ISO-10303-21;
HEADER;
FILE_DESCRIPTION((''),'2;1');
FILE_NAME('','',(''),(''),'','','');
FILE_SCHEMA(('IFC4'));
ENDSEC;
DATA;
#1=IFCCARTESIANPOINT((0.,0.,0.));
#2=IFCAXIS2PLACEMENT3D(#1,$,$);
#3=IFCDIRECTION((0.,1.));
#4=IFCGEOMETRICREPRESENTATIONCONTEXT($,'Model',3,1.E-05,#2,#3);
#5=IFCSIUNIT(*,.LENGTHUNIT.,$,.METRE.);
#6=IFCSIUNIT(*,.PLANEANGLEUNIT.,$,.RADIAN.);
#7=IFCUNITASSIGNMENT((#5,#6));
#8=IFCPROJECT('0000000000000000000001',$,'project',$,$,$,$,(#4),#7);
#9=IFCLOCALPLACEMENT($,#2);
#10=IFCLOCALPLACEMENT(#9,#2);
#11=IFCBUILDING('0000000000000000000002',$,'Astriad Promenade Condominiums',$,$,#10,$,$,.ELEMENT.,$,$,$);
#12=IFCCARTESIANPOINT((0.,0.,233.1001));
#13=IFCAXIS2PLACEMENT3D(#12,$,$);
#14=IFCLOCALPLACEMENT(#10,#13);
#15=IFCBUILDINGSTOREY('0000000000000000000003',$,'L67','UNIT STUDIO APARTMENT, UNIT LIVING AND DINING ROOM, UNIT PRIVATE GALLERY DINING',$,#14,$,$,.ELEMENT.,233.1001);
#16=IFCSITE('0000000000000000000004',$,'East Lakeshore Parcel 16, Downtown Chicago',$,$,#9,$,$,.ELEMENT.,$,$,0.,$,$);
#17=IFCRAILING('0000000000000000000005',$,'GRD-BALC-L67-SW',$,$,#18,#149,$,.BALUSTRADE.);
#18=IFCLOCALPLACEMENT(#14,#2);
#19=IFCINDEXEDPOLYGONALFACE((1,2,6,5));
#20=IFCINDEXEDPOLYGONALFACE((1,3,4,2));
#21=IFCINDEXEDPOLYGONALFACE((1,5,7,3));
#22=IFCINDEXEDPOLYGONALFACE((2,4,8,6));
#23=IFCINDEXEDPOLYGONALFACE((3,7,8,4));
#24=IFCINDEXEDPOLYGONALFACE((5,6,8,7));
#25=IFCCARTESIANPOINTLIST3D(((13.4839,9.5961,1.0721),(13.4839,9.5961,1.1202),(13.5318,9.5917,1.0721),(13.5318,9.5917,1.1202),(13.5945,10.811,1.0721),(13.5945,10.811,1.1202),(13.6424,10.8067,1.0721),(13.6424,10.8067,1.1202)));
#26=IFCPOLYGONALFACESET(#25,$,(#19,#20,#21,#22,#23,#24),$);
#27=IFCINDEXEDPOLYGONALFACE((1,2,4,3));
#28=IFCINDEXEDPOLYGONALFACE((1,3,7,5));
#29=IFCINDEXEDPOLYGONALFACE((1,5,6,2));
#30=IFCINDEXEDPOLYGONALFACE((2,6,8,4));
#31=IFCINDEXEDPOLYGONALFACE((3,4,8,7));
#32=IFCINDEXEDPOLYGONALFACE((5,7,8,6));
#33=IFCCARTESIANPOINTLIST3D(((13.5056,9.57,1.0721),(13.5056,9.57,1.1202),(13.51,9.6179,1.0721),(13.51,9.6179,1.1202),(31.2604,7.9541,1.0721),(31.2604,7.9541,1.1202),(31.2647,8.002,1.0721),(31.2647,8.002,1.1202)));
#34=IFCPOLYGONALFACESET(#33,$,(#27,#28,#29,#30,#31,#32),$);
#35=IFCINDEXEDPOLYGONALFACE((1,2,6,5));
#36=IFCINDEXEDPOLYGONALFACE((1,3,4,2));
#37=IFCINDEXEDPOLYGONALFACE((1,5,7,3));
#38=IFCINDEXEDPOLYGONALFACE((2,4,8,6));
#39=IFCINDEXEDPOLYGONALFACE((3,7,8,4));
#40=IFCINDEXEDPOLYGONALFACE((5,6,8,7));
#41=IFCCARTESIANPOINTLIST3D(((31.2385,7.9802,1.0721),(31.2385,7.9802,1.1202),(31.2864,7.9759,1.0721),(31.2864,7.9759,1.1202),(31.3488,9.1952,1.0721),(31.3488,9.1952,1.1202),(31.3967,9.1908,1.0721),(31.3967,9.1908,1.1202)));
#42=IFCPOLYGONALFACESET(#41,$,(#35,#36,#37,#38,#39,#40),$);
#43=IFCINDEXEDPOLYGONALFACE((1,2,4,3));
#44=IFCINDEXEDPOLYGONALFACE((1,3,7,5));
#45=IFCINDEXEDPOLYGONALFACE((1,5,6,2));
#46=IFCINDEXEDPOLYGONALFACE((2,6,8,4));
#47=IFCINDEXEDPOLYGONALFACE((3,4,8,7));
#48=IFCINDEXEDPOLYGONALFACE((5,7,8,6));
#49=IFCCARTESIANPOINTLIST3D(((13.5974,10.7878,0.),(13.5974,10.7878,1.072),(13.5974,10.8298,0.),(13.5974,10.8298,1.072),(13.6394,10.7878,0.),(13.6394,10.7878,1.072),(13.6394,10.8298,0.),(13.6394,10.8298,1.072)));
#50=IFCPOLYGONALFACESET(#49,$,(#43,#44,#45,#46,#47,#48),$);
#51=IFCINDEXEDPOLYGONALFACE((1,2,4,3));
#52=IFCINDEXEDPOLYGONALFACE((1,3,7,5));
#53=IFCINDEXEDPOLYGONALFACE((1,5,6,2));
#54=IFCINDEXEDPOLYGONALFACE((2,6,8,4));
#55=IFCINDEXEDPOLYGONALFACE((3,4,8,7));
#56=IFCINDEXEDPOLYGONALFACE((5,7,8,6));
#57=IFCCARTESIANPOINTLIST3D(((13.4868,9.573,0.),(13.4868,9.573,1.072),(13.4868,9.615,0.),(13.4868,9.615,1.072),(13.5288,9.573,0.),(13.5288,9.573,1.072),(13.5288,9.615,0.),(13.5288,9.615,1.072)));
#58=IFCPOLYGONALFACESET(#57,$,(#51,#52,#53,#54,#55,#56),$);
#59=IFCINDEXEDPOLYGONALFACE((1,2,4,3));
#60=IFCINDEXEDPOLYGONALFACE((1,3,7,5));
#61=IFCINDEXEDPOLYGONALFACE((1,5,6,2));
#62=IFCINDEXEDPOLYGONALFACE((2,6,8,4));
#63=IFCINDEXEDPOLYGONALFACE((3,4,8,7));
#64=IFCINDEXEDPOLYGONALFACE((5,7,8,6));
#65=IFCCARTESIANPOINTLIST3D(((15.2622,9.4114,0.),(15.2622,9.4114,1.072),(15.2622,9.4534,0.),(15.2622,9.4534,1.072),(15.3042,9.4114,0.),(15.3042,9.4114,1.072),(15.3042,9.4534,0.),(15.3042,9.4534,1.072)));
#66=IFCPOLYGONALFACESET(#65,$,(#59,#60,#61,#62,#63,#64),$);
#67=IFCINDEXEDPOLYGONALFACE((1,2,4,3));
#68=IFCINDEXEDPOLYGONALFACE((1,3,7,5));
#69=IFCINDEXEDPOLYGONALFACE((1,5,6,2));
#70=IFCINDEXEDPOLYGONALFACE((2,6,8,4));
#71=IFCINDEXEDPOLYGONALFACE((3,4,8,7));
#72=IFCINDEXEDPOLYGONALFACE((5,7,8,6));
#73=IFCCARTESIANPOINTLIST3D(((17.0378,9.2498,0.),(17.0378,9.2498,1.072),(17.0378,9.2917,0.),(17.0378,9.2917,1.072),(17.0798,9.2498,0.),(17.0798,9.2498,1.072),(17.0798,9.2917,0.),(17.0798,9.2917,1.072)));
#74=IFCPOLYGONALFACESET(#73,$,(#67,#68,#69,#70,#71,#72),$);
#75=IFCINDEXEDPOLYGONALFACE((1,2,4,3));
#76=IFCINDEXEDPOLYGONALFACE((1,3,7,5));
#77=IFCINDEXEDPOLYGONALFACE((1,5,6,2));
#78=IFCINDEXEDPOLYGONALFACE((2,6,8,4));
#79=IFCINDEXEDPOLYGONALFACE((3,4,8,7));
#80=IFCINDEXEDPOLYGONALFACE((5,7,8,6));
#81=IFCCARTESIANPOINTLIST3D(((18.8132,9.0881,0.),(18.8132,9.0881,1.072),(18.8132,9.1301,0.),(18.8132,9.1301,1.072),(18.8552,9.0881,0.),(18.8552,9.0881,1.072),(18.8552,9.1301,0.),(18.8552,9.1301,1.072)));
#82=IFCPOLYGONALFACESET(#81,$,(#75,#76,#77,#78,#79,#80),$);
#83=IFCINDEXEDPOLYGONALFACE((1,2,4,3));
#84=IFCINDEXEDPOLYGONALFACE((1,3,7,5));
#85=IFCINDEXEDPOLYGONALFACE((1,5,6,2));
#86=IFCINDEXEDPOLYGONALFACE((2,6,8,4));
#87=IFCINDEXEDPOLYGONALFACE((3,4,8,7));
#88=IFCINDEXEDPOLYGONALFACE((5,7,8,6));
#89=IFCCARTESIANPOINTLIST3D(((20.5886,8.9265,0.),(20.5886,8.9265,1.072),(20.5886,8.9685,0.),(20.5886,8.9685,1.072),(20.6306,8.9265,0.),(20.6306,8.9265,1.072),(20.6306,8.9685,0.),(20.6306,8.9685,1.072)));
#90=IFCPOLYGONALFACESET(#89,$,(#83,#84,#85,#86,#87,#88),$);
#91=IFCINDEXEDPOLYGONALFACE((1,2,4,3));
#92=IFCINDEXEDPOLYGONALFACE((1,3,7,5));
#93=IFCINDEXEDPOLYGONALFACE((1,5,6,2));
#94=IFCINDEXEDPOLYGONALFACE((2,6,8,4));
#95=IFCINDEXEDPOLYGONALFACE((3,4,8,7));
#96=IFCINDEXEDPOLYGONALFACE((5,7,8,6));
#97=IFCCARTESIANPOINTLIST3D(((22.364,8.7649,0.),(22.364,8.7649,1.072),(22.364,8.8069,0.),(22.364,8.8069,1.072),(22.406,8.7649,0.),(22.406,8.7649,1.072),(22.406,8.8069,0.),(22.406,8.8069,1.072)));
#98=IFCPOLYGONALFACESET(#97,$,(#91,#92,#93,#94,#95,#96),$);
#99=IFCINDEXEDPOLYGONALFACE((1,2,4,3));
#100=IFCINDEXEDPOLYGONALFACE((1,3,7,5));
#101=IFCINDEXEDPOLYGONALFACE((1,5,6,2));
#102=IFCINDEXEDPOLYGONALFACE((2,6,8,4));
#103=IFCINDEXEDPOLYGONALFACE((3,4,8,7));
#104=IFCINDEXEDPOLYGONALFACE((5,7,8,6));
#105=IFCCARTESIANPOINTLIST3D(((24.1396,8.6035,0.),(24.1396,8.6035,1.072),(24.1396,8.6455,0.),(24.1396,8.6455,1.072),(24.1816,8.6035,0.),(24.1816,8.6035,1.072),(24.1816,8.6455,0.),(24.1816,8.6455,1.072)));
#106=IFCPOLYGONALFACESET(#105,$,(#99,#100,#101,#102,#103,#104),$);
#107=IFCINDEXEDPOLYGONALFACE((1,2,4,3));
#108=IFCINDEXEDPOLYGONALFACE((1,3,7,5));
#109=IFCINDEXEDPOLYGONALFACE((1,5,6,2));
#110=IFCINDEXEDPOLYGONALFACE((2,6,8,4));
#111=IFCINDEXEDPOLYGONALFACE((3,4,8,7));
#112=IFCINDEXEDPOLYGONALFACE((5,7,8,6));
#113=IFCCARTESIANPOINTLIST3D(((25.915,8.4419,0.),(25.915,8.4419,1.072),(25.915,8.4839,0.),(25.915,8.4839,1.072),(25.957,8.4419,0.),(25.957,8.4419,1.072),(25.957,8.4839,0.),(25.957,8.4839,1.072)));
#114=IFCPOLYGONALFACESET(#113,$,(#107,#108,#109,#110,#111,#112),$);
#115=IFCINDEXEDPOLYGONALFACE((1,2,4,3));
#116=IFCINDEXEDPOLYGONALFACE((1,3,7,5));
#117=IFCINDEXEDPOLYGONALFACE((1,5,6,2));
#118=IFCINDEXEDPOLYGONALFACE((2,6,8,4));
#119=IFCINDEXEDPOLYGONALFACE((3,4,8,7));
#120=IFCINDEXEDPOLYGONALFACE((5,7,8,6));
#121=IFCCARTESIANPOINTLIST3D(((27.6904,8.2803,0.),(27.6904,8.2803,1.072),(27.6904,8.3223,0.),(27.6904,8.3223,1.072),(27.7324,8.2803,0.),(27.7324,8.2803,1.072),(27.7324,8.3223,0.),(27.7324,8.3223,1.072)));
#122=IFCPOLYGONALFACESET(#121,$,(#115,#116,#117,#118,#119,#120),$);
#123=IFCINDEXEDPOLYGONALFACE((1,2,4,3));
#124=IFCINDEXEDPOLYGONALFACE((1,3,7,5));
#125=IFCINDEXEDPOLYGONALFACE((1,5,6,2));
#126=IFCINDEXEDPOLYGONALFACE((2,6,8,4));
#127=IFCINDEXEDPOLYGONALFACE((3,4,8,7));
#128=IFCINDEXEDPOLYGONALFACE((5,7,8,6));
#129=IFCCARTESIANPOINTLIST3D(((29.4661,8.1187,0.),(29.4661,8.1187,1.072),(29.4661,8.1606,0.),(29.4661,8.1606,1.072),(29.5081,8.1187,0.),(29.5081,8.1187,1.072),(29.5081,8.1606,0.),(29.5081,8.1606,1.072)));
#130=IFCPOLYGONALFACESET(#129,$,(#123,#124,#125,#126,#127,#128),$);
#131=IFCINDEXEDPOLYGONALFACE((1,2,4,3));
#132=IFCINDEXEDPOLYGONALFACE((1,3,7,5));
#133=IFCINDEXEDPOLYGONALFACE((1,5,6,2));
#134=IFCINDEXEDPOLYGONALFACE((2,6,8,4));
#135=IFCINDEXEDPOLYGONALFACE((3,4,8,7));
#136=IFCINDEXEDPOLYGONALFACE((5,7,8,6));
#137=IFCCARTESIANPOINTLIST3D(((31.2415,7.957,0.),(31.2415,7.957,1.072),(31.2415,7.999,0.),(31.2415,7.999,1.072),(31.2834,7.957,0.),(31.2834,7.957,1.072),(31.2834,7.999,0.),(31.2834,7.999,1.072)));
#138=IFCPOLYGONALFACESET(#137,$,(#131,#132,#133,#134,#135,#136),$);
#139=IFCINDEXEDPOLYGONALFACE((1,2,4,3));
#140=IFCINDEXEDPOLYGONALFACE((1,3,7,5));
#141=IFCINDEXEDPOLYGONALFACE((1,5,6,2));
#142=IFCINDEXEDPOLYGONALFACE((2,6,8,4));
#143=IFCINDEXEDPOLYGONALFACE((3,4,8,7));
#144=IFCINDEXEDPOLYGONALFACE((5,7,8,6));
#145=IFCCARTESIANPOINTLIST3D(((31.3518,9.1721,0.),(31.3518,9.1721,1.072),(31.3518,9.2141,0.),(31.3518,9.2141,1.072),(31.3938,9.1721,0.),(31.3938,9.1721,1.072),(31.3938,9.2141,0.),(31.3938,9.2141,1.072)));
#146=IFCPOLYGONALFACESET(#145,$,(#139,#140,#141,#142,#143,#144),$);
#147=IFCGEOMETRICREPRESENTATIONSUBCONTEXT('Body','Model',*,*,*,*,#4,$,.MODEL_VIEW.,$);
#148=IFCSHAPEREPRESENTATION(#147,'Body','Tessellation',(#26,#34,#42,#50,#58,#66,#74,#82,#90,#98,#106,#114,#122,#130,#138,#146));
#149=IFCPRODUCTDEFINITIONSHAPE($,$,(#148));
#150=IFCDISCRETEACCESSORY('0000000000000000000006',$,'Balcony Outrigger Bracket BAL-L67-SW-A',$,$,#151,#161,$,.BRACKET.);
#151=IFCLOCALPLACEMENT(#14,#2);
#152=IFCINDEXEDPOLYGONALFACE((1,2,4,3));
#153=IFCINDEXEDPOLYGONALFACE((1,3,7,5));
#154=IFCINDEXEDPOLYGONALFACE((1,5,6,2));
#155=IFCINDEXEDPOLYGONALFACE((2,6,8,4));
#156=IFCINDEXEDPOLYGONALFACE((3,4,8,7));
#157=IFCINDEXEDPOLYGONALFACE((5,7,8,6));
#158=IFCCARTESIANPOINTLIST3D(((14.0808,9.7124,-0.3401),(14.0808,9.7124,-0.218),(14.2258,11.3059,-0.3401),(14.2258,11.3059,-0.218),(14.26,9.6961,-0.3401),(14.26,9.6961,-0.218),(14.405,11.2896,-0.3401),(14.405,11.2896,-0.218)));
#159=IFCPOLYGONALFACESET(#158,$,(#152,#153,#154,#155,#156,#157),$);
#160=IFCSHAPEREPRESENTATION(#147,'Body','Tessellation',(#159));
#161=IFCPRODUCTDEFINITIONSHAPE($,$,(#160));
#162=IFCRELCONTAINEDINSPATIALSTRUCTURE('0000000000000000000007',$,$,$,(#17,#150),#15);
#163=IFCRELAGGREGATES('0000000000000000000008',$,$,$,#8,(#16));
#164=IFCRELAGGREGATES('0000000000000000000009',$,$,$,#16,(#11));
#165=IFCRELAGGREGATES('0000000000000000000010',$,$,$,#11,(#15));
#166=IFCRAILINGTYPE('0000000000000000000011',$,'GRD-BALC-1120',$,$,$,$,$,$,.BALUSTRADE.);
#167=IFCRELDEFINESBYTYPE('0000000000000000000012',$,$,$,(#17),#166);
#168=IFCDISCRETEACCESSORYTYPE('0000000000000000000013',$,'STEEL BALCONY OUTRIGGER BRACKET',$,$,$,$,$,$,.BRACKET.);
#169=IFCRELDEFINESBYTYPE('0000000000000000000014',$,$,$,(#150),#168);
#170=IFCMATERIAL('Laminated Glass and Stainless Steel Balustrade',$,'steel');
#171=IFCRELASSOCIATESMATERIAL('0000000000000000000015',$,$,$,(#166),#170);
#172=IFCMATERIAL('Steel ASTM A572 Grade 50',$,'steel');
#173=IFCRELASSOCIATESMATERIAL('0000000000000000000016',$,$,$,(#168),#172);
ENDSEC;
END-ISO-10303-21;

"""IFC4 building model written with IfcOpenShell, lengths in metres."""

from ifc_helpers import new_model, si_unit, direction, frame, origin, origin_2d, place, context, subcontext, project, spatial, rectangle, extrude, source, transform, mapped, material, type_object, type_shapes, element, save


model = new_model("IFC4")

# Units and contexts
model_context = context("Model", 3, precision=1e-05, world=origin(), true_north=direction((0.0, 1.0)))
body_context = subcontext(model_context, "Body", "Model", "MODEL_VIEW")
ifc_project = project(units=[si_unit("LENGTHUNIT", "METRE"), si_unit("PLANEANGLEUNIT", "RADIAN")], contexts=[model_context])

# Site, building, storey
site_placement = place(None, origin())
site = spatial("IfcSite", under=ifc_project, at=site_placement, Name="East Lakeshore Parcel 16, Downtown Chicago", CompositionType="ELEMENT", RefElevation=0.0)
building_placement = place(site_placement, origin())
building = spatial("IfcBuilding", under=site, at=building_placement, Name="Astriad Promenade Condominiums", CompositionType="ELEMENT")
storey_placement = place(building_placement, frame((0.0, 0.0, 233.1001)))
storey = spatial("IfcBuildingStorey", under=building, at=storey_placement, Name="L67", Description="UNIT STUDIO APARTMENT, UNIT LIVING AND DINING ROOM, UNIT PRIVATE GALLERY DINING", CompositionType="ELEMENT", Elevation=233.1001)

# Railing
ifc_material_1 = material(Name="Laminated Glass and Stainless Steel Balustrade", Category="steel")
railing_type = type_object("IfcRailingType", Name="GRD-BALC-1120", PredefinedType="BALUSTRADE", material=ifc_material_1)
shared_shape_1 = source(origin(), body_context, "Body", "SweptSolid", [
    extrude(rectangle(XDim=0.0481, YDim=0.0481, at=origin_2d()), frame((0.0, 0.0, 1.0962), z_axis=(-0.090662, -0.995882, 0.0), x_axis=(0.995882, -0.090662, 0.0)), (0.0, 0.0, 1.0), 1.22),
    extrude(rectangle(XDim=0.0481, YDim=0.0481, at=origin_2d()), frame((-0.1106, -1.2148, 1.0962), z_axis=(0.995884, -0.090642, 0.0), x_axis=(0.090642, 0.995884, 0.0)), (0.0, 0.0, 1.0), 17.8281),
    extrude(rectangle(XDim=0.0481, YDim=0.0481, at=origin_2d()), frame((17.644, -2.8308, 1.0962), z_axis=(0.090446, 0.995901, 0.0), x_axis=(-0.995901, 0.090446, 0.0)), (0.0, 0.0, 1.0), 1.22),
    extrude(rectangle(XDim=0.042, YDim=0.042, at=origin_2d()), origin(), (0.0, 0.0, 1.0), 1.072),
    extrude(rectangle(XDim=0.042, YDim=0.042, at=origin_2d()), frame((-0.1106, -1.2148, 0.0)), (0.0, 0.0, 1.0), 1.072),
    extrude(rectangle(XDim=0.042, YDim=0.042, at=origin_2d()), frame((1.6648, -1.3765, 0.0)), (0.0, 0.0, 1.0), 1.072),
    extrude(rectangle(XDim=0.042, YDim=0.042, at=origin_2d()), frame((3.4404, -1.5381, 0.0)), (0.0, 0.0, 1.0), 1.072),
    extrude(rectangle(XDim=0.042, YDim=0.042, at=origin_2d()), frame((5.2158, -1.6997, 0.0)), (0.0, 0.0, 1.0), 1.072),
    extrude(rectangle(XDim=0.042, YDim=0.042, at=origin_2d()), frame((6.9912, -1.8613, 0.0)), (0.0, 0.0, 1.0), 1.072),
    extrude(rectangle(XDim=0.042, YDim=0.042, at=origin_2d()), frame((8.7666, -2.0229, 0.0)), (0.0, 0.0, 1.0), 1.072),
    extrude(rectangle(XDim=0.042, YDim=0.042, at=origin_2d()), frame((10.5422, -2.1843, 0.0)), (0.0, 0.0, 1.0), 1.072),
    extrude(rectangle(XDim=0.042, YDim=0.042, at=origin_2d()), frame((12.3176, -2.3459, 0.0)), (0.0, 0.0, 1.0), 1.072),
    extrude(rectangle(XDim=0.042, YDim=0.042, at=origin_2d()), frame((14.093, -2.5076, 0.0)), (0.0, 0.0, 1.0), 1.072),
    extrude(rectangle(XDim=0.042, YDim=0.042, at=origin_2d()), frame((15.8687, -2.6692, 0.0)), (0.0, 0.0, 1.0), 1.072),
    extrude(rectangle(XDim=0.042, YDim=0.042, at=origin_2d()), frame((17.644, -2.8308, 0.0)), (0.0, 0.0, 1.0), 1.072),
    extrude(rectangle(XDim=0.042, YDim=0.042, at=origin_2d()), frame((17.7544, -1.6157, 0.0)), (0.0, 0.0, 1.0), 1.072),
])
type_shapes(railing_type, [shared_shape_1])
railing_placement = place(storey_placement, frame((13.6184, 10.8088, 0.0)))
element("IfcRailing", 1, at=railing_placement, inside=storey, type_object=railing_type, Name="GRD-BALC-L67-SW", PredefinedType="BALUSTRADE", context=body_context, shape_type="MappedRepresentation", body=[
    mapped(shared_shape_1, transform((0.0, 0.0, 0.0), scale=1.0)),
])

# Discrete accessory
ifc_material_2 = material(Name="Steel ASTM A572 Grade 50", Category="steel")
discrete_accessory_type = type_object("IfcDiscreteAccessoryType", Name="STEEL BALCONY OUTRIGGER BRACKET", PredefinedType="BRACKET", material=ifc_material_2)
shared_shape_2 = source(origin(), body_context, "Body", "SweptSolid", [
    extrude(rectangle(XDim=1.6001, YDim=0.1799, at=origin_2d()), origin(), (0.0, 0.0, 1.0), 0.1221),
])
type_shapes(discrete_accessory_type, [shared_shape_2])
discrete_accessory_placement = place(storey_placement, frame((14.2429, 10.501, -0.3401), z_axis=(0.0, 0.0, 1.0), x_axis=(-0.090633, -0.995884, 0.0)))
element("IfcDiscreteAccessory", 2, at=discrete_accessory_placement, inside=storey, type_object=discrete_accessory_type, Name="Balcony Outrigger Bracket BAL-L67-SW-A", PredefinedType="BRACKET", context=body_context, shape_type="MappedRepresentation", body=[
    mapped(shared_shape_2, transform((0.0, 0.0, 0.0), scale=1.0)),
])

save(model, "model.ifc")
